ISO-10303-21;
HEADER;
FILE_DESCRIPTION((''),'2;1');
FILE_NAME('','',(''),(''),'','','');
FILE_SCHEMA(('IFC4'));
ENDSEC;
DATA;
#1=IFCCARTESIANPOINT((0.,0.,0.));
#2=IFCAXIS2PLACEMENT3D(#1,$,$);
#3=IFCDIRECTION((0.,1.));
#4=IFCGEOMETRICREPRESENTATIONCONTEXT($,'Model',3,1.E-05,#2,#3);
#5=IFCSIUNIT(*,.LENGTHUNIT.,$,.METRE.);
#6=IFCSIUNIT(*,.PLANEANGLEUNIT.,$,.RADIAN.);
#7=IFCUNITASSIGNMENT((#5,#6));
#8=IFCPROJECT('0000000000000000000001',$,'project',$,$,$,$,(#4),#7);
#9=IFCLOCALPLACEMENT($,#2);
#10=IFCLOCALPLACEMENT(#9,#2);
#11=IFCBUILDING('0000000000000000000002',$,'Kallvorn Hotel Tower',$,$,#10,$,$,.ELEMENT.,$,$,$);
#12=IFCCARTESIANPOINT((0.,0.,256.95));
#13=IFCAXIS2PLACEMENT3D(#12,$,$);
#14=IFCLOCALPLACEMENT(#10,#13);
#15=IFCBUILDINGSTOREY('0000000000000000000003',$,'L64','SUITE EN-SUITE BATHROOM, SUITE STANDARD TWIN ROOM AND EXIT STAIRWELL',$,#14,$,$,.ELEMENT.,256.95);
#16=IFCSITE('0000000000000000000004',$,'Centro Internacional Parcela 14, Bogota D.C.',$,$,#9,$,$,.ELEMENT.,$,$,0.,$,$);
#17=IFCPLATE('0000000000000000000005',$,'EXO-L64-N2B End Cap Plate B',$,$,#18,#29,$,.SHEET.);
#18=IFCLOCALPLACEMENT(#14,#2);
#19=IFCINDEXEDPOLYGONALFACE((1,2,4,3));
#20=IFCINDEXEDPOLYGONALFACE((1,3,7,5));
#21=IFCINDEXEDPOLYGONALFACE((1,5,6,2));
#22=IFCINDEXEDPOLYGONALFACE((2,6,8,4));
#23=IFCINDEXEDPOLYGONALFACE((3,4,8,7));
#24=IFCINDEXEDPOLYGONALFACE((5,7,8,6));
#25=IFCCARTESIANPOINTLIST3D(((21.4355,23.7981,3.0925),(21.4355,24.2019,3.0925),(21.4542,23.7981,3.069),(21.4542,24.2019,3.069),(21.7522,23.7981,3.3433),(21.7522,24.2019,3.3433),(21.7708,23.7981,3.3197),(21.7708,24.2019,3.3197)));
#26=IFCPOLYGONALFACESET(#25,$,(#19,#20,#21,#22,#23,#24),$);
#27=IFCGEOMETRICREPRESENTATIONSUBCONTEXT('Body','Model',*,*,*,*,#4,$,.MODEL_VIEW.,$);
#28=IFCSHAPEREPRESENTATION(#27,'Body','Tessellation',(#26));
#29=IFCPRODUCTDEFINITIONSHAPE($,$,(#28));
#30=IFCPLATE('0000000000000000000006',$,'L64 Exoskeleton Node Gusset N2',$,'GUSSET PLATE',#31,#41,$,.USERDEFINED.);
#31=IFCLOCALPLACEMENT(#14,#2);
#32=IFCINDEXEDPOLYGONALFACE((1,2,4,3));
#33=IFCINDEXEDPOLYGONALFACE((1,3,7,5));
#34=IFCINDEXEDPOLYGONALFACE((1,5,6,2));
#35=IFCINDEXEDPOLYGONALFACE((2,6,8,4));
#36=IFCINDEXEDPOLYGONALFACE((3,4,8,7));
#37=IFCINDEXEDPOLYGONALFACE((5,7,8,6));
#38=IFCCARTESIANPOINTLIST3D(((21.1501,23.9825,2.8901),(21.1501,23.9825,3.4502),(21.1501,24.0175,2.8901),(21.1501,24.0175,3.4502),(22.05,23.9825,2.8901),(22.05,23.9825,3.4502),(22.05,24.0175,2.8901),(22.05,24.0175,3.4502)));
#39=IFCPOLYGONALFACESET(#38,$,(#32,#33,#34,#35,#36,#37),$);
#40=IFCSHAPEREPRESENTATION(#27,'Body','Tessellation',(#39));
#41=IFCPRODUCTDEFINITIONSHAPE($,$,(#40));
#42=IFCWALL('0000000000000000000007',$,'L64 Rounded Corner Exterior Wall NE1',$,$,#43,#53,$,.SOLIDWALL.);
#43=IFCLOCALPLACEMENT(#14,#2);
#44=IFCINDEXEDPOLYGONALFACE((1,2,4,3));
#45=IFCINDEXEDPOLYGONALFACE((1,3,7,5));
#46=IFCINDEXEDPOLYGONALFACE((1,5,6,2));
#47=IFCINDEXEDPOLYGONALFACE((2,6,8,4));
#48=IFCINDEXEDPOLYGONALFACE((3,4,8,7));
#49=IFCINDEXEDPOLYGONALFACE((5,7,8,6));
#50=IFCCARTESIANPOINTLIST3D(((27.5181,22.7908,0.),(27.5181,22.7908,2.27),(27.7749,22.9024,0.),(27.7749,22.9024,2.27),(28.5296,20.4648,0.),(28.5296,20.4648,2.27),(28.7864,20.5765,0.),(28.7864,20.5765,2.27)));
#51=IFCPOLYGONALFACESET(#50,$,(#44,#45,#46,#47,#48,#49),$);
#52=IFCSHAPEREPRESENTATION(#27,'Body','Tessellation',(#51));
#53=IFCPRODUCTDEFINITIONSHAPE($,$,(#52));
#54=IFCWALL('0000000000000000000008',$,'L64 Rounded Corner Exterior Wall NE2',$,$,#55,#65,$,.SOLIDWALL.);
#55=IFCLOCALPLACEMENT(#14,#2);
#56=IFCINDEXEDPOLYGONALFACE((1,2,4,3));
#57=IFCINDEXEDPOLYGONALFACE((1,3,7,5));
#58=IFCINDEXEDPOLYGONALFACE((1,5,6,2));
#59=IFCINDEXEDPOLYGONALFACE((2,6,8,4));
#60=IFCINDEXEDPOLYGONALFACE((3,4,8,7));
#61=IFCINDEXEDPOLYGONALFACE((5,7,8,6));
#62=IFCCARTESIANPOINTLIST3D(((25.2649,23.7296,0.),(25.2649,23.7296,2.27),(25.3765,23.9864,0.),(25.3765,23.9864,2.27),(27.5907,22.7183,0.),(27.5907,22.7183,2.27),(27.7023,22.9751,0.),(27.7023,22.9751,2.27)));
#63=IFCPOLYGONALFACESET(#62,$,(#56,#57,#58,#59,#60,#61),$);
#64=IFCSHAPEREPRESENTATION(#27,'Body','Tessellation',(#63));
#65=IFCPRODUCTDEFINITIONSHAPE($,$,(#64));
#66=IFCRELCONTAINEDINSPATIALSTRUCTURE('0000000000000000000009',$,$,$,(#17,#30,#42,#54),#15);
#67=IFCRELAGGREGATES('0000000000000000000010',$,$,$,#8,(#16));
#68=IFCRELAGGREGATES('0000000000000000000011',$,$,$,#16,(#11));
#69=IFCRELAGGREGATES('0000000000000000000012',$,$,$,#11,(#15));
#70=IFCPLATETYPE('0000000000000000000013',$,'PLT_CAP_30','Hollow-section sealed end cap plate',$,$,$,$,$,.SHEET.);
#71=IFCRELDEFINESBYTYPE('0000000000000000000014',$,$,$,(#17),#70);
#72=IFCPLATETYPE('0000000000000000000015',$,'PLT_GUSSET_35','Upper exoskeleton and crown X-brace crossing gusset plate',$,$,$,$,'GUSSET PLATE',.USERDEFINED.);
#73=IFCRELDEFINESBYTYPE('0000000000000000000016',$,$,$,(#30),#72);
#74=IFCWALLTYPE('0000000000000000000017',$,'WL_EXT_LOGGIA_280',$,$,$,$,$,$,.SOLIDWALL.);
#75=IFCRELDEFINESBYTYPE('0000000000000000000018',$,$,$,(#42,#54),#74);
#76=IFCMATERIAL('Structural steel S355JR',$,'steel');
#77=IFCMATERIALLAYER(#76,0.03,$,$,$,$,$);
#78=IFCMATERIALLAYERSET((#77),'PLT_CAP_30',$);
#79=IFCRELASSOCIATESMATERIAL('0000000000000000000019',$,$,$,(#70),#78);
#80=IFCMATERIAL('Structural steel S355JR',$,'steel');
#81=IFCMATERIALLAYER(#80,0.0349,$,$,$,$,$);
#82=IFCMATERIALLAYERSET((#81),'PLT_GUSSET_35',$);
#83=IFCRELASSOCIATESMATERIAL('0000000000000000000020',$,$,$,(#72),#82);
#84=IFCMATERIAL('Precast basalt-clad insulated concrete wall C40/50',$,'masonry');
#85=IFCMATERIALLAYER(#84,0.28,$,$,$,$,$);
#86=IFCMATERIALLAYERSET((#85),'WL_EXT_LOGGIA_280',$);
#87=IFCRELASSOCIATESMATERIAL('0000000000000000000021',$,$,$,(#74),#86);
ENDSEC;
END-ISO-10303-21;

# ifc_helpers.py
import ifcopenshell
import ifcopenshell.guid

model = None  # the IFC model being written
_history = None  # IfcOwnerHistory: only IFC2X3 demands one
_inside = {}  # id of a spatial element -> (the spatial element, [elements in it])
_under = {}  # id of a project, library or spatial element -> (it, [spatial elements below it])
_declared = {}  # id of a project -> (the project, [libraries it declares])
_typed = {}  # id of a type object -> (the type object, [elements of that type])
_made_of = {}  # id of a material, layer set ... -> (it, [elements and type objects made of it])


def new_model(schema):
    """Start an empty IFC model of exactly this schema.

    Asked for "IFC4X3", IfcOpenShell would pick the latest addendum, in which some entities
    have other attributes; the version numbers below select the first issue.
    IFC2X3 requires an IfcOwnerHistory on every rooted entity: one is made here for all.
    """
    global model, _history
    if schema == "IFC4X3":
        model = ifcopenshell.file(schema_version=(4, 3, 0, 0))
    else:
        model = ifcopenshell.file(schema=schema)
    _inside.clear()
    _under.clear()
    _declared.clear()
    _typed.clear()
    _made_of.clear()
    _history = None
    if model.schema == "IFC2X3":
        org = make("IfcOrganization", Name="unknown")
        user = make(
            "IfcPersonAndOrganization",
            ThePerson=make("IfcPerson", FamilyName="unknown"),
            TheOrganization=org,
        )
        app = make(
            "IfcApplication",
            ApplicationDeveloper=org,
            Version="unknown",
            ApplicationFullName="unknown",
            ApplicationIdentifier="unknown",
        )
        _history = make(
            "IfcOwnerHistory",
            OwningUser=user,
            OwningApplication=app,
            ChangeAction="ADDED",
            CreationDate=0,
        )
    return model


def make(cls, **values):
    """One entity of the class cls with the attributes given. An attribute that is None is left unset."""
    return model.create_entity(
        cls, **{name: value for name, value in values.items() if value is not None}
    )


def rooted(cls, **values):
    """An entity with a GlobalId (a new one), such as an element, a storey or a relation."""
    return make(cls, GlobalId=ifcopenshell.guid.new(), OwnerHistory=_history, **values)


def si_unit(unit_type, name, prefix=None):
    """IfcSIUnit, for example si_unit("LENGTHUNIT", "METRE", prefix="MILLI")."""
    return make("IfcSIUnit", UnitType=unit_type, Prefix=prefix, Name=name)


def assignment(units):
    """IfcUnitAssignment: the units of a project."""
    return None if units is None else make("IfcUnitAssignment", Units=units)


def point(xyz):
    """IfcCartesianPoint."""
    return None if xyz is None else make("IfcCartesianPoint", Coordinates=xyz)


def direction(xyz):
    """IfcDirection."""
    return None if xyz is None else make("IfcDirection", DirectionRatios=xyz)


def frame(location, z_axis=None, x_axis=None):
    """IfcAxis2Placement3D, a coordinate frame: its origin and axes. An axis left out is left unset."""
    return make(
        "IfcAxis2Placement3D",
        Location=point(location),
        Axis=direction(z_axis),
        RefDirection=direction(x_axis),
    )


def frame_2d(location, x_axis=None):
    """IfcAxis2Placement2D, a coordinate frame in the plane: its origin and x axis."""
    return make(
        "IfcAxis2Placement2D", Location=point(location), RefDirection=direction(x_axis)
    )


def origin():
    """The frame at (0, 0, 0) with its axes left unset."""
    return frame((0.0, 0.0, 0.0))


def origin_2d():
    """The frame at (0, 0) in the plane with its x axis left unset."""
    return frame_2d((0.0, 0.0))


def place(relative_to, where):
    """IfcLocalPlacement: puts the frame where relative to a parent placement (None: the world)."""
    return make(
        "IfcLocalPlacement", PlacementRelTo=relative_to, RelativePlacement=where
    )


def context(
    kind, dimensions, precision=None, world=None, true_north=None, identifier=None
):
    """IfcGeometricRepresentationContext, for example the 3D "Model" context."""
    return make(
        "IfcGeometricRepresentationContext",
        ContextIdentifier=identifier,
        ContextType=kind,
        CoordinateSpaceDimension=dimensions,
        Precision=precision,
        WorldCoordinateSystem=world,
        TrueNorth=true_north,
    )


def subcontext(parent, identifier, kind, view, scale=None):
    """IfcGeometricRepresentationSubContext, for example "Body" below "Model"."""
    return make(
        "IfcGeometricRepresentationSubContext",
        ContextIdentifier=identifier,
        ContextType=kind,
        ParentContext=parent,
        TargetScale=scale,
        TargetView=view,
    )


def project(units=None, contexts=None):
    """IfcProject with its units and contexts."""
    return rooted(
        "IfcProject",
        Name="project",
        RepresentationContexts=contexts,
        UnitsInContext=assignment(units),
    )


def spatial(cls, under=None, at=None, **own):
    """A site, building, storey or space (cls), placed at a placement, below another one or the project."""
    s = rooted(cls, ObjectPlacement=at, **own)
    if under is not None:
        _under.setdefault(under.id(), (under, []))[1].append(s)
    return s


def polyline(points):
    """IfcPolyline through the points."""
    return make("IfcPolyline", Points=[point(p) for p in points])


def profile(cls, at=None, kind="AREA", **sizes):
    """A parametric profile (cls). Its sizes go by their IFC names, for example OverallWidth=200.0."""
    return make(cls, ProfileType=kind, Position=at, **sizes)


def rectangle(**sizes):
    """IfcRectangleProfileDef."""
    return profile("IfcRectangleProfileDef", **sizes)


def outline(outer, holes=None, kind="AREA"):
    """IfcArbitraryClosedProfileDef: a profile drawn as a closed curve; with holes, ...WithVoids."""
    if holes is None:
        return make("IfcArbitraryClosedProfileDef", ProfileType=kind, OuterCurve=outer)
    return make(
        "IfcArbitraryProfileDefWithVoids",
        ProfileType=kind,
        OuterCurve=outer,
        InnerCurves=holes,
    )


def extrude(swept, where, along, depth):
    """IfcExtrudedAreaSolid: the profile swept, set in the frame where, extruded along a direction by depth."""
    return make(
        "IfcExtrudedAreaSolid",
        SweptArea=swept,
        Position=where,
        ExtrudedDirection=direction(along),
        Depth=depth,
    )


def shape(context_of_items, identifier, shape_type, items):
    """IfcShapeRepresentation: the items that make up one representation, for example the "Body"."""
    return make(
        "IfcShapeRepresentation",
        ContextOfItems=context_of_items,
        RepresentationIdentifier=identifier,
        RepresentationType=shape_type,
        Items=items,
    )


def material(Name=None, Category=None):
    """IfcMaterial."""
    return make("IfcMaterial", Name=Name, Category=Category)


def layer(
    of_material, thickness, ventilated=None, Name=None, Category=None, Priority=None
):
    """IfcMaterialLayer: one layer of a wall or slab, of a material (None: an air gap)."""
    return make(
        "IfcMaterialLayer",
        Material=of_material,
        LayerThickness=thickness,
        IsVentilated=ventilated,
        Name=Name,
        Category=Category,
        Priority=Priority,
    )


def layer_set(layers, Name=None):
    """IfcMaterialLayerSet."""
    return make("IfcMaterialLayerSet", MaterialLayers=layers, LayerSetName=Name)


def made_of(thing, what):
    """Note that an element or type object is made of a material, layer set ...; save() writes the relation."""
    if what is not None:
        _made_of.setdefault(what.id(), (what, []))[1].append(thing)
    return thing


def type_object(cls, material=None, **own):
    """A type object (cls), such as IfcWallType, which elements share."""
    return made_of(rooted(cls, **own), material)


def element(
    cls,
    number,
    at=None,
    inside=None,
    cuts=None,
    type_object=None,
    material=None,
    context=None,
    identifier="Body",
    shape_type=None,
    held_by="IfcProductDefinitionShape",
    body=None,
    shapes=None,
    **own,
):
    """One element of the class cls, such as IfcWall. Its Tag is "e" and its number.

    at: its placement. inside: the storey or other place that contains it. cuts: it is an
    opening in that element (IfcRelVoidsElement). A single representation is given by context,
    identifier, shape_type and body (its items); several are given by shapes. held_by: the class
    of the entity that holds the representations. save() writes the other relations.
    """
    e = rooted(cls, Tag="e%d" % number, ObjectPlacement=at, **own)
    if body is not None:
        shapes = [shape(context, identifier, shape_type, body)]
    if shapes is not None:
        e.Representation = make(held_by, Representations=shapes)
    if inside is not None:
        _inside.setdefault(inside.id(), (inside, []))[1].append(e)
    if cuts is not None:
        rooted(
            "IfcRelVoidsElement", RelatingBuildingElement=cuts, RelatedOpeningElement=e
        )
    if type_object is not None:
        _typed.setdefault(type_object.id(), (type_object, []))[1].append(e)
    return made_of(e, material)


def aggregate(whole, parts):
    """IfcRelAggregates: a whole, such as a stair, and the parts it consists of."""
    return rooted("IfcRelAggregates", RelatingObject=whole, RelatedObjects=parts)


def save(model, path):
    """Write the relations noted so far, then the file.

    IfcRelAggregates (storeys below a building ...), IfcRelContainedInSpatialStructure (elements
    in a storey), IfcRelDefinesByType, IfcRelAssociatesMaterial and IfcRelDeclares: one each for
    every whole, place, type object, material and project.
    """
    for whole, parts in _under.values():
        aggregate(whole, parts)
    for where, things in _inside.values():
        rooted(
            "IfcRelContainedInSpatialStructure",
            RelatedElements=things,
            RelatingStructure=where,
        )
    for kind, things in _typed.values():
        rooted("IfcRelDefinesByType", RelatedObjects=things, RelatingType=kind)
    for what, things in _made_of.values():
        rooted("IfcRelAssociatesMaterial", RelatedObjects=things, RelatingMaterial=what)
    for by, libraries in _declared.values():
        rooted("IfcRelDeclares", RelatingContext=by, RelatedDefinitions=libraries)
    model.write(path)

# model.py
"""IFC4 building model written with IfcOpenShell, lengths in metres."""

from ifc_helpers import new_model, si_unit, direction, frame, frame_2d, origin, origin_2d, place, context, subcontext, project, spatial, polyline, rectangle, outline, extrude, material, layer, layer_set, type_object, element, save


model = new_model("IFC4")

# Units and contexts
model_context = context("Model", 3, precision=1e-05, world=origin(), true_north=direction((0.0, 1.0)))
body_context = subcontext(model_context, "Body", "Model", "MODEL_VIEW")
ifc_project = project(units=[si_unit("LENGTHUNIT", "METRE"), si_unit("PLANEANGLEUNIT", "RADIAN")], contexts=[model_context])

# Site, building, storey
site_placement = place(None, origin())
site = spatial("IfcSite", under=ifc_project, at=site_placement, Name="Centro Internacional Parcela 14, Bogota D.C.", CompositionType="ELEMENT", RefElevation=0.0)
building_placement = place(site_placement, origin())
building = spatial("IfcBuilding", under=site, at=building_placement, Name="Kallvorn Hotel Tower", CompositionType="ELEMENT")
storey_placement = place(building_placement, frame((0.0, 0.0, 256.95)))
storey = spatial("IfcBuildingStorey", under=building, at=storey_placement, Name="L64", Description="SUITE EN-SUITE BATHROOM, SUITE STANDARD TWIN ROOM AND EXIT STAIRWELL", CompositionType="ELEMENT", Elevation=256.95)

# Plates
ifc_material_1 = material(Name="Structural steel S355JR", Category="steel")
ifc_layer_1 = layer(ifc_material_1, 0.03)
ifc_layer_set_1 = layer_set([ifc_layer_1], Name="PLT_CAP_30")
plate_type_1 = type_object("IfcPlateType", Name="PLT_CAP_30", Description="Hollow-section sealed end cap plate", PredefinedType="SHEET", material=ifc_layer_set_1)
plate_1_placement = place(storey_placement, frame((21.4355, 24.2019, 3.0925), z_axis=(-0.62078, 0.0, 0.783985), x_axis=(0.0, -1.0, 0.0)))
element("IfcPlate", 1, at=plate_1_placement, inside=storey, type_object=plate_type_1, Name="EXO-L64-N2B End Cap Plate B", PredefinedType="SHEET", context=body_context, shape_type="SweptSolid", body=[
    extrude(outline(polyline([(0.0, 0.0), (0.4038, 0.0), (0.4038, 0.4039), (0.0, 0.4039), (0.0, 0.0)])), origin(), (0.0, 0.0, -1.0), 0.03),
])
ifc_material_2 = material(Name="Structural steel S355JR", Category="steel")
ifc_layer_2 = layer(ifc_material_2, 0.0349)
ifc_layer_set_2 = layer_set([ifc_layer_2], Name="PLT_GUSSET_35")
plate_type_2 = type_object("IfcPlateType", Name="PLT_GUSSET_35", Description="Upper exoskeleton and crown X-brace crossing gusset plate", ElementType="GUSSET PLATE", PredefinedType="USERDEFINED", material=ifc_layer_set_2)
plate_2_placement = place(storey_placement, frame((21.6001, 24.0, 2.8901), z_axis=(0.0, 0.0, 1.0), x_axis=(1.0, 0.0, 0.0)))
element("IfcPlate", 2, at=plate_2_placement, inside=storey, type_object=plate_type_2, Name="L64 Exoskeleton Node Gusset N2", ObjectType="GUSSET PLATE", PredefinedType="USERDEFINED", context=body_context, shape_type="SweptSolid", body=[
    extrude(rectangle(XDim=0.8999, YDim=0.0349, at=origin_2d()), origin(), (0.0, 0.0, 1.0), 0.5601),
])

# Walls
ifc_material_3 = material(Name="Precast basalt-clad insulated concrete wall C40/50", Category="masonry")
ifc_layer_3 = layer(ifc_material_3, 0.28)
ifc_layer_set_3 = layer_set([ifc_layer_3], Name="WL_EXT_LOGGIA_280")
wall_type = type_object("IfcWallType", Name="WL_EXT_LOGGIA_280", PredefinedType="SOLIDWALL", material=ifc_layer_set_3)
wall_1_placement = place(storey_placement, frame((28.658, 20.5208, 0.0), z_axis=(0.0, 0.0, 1.0), x_axis=(-0.398793, 0.917041, 0.0)))
element("IfcWall", 3, at=wall_1_placement, inside=storey, type_object=wall_type, Name="L64 Rounded Corner Exterior Wall NE1", PredefinedType="SOLIDWALL", context=body_context, shape_type="SweptSolid", body=[
    extrude(rectangle(XDim=2.5364, YDim=0.28, at=frame_2d((1.2681, 0.0))), origin(), (0.0, 0.0, 1.0), 2.27),
])
wall_2_placement = place(storey_placement, frame((27.6465, 22.8467, 0.0), z_axis=(0.0, 0.0, 1.0), x_axis=(-0.917061, 0.398747, 0.0)))
element("IfcWall", 4, at=wall_2_placement, inside=storey, type_object=wall_type, Name="L64 Rounded Corner Exterior Wall NE2", PredefinedType="SOLIDWALL", context=body_context, shape_type="SweptSolid", body=[
    extrude(rectangle(XDim=2.5361, YDim=0.28, at=frame_2d((1.2681, 0.0))), origin(), (0.0, 0.0, 1.0), 2.27),
])

save(model, "model.ifc")
